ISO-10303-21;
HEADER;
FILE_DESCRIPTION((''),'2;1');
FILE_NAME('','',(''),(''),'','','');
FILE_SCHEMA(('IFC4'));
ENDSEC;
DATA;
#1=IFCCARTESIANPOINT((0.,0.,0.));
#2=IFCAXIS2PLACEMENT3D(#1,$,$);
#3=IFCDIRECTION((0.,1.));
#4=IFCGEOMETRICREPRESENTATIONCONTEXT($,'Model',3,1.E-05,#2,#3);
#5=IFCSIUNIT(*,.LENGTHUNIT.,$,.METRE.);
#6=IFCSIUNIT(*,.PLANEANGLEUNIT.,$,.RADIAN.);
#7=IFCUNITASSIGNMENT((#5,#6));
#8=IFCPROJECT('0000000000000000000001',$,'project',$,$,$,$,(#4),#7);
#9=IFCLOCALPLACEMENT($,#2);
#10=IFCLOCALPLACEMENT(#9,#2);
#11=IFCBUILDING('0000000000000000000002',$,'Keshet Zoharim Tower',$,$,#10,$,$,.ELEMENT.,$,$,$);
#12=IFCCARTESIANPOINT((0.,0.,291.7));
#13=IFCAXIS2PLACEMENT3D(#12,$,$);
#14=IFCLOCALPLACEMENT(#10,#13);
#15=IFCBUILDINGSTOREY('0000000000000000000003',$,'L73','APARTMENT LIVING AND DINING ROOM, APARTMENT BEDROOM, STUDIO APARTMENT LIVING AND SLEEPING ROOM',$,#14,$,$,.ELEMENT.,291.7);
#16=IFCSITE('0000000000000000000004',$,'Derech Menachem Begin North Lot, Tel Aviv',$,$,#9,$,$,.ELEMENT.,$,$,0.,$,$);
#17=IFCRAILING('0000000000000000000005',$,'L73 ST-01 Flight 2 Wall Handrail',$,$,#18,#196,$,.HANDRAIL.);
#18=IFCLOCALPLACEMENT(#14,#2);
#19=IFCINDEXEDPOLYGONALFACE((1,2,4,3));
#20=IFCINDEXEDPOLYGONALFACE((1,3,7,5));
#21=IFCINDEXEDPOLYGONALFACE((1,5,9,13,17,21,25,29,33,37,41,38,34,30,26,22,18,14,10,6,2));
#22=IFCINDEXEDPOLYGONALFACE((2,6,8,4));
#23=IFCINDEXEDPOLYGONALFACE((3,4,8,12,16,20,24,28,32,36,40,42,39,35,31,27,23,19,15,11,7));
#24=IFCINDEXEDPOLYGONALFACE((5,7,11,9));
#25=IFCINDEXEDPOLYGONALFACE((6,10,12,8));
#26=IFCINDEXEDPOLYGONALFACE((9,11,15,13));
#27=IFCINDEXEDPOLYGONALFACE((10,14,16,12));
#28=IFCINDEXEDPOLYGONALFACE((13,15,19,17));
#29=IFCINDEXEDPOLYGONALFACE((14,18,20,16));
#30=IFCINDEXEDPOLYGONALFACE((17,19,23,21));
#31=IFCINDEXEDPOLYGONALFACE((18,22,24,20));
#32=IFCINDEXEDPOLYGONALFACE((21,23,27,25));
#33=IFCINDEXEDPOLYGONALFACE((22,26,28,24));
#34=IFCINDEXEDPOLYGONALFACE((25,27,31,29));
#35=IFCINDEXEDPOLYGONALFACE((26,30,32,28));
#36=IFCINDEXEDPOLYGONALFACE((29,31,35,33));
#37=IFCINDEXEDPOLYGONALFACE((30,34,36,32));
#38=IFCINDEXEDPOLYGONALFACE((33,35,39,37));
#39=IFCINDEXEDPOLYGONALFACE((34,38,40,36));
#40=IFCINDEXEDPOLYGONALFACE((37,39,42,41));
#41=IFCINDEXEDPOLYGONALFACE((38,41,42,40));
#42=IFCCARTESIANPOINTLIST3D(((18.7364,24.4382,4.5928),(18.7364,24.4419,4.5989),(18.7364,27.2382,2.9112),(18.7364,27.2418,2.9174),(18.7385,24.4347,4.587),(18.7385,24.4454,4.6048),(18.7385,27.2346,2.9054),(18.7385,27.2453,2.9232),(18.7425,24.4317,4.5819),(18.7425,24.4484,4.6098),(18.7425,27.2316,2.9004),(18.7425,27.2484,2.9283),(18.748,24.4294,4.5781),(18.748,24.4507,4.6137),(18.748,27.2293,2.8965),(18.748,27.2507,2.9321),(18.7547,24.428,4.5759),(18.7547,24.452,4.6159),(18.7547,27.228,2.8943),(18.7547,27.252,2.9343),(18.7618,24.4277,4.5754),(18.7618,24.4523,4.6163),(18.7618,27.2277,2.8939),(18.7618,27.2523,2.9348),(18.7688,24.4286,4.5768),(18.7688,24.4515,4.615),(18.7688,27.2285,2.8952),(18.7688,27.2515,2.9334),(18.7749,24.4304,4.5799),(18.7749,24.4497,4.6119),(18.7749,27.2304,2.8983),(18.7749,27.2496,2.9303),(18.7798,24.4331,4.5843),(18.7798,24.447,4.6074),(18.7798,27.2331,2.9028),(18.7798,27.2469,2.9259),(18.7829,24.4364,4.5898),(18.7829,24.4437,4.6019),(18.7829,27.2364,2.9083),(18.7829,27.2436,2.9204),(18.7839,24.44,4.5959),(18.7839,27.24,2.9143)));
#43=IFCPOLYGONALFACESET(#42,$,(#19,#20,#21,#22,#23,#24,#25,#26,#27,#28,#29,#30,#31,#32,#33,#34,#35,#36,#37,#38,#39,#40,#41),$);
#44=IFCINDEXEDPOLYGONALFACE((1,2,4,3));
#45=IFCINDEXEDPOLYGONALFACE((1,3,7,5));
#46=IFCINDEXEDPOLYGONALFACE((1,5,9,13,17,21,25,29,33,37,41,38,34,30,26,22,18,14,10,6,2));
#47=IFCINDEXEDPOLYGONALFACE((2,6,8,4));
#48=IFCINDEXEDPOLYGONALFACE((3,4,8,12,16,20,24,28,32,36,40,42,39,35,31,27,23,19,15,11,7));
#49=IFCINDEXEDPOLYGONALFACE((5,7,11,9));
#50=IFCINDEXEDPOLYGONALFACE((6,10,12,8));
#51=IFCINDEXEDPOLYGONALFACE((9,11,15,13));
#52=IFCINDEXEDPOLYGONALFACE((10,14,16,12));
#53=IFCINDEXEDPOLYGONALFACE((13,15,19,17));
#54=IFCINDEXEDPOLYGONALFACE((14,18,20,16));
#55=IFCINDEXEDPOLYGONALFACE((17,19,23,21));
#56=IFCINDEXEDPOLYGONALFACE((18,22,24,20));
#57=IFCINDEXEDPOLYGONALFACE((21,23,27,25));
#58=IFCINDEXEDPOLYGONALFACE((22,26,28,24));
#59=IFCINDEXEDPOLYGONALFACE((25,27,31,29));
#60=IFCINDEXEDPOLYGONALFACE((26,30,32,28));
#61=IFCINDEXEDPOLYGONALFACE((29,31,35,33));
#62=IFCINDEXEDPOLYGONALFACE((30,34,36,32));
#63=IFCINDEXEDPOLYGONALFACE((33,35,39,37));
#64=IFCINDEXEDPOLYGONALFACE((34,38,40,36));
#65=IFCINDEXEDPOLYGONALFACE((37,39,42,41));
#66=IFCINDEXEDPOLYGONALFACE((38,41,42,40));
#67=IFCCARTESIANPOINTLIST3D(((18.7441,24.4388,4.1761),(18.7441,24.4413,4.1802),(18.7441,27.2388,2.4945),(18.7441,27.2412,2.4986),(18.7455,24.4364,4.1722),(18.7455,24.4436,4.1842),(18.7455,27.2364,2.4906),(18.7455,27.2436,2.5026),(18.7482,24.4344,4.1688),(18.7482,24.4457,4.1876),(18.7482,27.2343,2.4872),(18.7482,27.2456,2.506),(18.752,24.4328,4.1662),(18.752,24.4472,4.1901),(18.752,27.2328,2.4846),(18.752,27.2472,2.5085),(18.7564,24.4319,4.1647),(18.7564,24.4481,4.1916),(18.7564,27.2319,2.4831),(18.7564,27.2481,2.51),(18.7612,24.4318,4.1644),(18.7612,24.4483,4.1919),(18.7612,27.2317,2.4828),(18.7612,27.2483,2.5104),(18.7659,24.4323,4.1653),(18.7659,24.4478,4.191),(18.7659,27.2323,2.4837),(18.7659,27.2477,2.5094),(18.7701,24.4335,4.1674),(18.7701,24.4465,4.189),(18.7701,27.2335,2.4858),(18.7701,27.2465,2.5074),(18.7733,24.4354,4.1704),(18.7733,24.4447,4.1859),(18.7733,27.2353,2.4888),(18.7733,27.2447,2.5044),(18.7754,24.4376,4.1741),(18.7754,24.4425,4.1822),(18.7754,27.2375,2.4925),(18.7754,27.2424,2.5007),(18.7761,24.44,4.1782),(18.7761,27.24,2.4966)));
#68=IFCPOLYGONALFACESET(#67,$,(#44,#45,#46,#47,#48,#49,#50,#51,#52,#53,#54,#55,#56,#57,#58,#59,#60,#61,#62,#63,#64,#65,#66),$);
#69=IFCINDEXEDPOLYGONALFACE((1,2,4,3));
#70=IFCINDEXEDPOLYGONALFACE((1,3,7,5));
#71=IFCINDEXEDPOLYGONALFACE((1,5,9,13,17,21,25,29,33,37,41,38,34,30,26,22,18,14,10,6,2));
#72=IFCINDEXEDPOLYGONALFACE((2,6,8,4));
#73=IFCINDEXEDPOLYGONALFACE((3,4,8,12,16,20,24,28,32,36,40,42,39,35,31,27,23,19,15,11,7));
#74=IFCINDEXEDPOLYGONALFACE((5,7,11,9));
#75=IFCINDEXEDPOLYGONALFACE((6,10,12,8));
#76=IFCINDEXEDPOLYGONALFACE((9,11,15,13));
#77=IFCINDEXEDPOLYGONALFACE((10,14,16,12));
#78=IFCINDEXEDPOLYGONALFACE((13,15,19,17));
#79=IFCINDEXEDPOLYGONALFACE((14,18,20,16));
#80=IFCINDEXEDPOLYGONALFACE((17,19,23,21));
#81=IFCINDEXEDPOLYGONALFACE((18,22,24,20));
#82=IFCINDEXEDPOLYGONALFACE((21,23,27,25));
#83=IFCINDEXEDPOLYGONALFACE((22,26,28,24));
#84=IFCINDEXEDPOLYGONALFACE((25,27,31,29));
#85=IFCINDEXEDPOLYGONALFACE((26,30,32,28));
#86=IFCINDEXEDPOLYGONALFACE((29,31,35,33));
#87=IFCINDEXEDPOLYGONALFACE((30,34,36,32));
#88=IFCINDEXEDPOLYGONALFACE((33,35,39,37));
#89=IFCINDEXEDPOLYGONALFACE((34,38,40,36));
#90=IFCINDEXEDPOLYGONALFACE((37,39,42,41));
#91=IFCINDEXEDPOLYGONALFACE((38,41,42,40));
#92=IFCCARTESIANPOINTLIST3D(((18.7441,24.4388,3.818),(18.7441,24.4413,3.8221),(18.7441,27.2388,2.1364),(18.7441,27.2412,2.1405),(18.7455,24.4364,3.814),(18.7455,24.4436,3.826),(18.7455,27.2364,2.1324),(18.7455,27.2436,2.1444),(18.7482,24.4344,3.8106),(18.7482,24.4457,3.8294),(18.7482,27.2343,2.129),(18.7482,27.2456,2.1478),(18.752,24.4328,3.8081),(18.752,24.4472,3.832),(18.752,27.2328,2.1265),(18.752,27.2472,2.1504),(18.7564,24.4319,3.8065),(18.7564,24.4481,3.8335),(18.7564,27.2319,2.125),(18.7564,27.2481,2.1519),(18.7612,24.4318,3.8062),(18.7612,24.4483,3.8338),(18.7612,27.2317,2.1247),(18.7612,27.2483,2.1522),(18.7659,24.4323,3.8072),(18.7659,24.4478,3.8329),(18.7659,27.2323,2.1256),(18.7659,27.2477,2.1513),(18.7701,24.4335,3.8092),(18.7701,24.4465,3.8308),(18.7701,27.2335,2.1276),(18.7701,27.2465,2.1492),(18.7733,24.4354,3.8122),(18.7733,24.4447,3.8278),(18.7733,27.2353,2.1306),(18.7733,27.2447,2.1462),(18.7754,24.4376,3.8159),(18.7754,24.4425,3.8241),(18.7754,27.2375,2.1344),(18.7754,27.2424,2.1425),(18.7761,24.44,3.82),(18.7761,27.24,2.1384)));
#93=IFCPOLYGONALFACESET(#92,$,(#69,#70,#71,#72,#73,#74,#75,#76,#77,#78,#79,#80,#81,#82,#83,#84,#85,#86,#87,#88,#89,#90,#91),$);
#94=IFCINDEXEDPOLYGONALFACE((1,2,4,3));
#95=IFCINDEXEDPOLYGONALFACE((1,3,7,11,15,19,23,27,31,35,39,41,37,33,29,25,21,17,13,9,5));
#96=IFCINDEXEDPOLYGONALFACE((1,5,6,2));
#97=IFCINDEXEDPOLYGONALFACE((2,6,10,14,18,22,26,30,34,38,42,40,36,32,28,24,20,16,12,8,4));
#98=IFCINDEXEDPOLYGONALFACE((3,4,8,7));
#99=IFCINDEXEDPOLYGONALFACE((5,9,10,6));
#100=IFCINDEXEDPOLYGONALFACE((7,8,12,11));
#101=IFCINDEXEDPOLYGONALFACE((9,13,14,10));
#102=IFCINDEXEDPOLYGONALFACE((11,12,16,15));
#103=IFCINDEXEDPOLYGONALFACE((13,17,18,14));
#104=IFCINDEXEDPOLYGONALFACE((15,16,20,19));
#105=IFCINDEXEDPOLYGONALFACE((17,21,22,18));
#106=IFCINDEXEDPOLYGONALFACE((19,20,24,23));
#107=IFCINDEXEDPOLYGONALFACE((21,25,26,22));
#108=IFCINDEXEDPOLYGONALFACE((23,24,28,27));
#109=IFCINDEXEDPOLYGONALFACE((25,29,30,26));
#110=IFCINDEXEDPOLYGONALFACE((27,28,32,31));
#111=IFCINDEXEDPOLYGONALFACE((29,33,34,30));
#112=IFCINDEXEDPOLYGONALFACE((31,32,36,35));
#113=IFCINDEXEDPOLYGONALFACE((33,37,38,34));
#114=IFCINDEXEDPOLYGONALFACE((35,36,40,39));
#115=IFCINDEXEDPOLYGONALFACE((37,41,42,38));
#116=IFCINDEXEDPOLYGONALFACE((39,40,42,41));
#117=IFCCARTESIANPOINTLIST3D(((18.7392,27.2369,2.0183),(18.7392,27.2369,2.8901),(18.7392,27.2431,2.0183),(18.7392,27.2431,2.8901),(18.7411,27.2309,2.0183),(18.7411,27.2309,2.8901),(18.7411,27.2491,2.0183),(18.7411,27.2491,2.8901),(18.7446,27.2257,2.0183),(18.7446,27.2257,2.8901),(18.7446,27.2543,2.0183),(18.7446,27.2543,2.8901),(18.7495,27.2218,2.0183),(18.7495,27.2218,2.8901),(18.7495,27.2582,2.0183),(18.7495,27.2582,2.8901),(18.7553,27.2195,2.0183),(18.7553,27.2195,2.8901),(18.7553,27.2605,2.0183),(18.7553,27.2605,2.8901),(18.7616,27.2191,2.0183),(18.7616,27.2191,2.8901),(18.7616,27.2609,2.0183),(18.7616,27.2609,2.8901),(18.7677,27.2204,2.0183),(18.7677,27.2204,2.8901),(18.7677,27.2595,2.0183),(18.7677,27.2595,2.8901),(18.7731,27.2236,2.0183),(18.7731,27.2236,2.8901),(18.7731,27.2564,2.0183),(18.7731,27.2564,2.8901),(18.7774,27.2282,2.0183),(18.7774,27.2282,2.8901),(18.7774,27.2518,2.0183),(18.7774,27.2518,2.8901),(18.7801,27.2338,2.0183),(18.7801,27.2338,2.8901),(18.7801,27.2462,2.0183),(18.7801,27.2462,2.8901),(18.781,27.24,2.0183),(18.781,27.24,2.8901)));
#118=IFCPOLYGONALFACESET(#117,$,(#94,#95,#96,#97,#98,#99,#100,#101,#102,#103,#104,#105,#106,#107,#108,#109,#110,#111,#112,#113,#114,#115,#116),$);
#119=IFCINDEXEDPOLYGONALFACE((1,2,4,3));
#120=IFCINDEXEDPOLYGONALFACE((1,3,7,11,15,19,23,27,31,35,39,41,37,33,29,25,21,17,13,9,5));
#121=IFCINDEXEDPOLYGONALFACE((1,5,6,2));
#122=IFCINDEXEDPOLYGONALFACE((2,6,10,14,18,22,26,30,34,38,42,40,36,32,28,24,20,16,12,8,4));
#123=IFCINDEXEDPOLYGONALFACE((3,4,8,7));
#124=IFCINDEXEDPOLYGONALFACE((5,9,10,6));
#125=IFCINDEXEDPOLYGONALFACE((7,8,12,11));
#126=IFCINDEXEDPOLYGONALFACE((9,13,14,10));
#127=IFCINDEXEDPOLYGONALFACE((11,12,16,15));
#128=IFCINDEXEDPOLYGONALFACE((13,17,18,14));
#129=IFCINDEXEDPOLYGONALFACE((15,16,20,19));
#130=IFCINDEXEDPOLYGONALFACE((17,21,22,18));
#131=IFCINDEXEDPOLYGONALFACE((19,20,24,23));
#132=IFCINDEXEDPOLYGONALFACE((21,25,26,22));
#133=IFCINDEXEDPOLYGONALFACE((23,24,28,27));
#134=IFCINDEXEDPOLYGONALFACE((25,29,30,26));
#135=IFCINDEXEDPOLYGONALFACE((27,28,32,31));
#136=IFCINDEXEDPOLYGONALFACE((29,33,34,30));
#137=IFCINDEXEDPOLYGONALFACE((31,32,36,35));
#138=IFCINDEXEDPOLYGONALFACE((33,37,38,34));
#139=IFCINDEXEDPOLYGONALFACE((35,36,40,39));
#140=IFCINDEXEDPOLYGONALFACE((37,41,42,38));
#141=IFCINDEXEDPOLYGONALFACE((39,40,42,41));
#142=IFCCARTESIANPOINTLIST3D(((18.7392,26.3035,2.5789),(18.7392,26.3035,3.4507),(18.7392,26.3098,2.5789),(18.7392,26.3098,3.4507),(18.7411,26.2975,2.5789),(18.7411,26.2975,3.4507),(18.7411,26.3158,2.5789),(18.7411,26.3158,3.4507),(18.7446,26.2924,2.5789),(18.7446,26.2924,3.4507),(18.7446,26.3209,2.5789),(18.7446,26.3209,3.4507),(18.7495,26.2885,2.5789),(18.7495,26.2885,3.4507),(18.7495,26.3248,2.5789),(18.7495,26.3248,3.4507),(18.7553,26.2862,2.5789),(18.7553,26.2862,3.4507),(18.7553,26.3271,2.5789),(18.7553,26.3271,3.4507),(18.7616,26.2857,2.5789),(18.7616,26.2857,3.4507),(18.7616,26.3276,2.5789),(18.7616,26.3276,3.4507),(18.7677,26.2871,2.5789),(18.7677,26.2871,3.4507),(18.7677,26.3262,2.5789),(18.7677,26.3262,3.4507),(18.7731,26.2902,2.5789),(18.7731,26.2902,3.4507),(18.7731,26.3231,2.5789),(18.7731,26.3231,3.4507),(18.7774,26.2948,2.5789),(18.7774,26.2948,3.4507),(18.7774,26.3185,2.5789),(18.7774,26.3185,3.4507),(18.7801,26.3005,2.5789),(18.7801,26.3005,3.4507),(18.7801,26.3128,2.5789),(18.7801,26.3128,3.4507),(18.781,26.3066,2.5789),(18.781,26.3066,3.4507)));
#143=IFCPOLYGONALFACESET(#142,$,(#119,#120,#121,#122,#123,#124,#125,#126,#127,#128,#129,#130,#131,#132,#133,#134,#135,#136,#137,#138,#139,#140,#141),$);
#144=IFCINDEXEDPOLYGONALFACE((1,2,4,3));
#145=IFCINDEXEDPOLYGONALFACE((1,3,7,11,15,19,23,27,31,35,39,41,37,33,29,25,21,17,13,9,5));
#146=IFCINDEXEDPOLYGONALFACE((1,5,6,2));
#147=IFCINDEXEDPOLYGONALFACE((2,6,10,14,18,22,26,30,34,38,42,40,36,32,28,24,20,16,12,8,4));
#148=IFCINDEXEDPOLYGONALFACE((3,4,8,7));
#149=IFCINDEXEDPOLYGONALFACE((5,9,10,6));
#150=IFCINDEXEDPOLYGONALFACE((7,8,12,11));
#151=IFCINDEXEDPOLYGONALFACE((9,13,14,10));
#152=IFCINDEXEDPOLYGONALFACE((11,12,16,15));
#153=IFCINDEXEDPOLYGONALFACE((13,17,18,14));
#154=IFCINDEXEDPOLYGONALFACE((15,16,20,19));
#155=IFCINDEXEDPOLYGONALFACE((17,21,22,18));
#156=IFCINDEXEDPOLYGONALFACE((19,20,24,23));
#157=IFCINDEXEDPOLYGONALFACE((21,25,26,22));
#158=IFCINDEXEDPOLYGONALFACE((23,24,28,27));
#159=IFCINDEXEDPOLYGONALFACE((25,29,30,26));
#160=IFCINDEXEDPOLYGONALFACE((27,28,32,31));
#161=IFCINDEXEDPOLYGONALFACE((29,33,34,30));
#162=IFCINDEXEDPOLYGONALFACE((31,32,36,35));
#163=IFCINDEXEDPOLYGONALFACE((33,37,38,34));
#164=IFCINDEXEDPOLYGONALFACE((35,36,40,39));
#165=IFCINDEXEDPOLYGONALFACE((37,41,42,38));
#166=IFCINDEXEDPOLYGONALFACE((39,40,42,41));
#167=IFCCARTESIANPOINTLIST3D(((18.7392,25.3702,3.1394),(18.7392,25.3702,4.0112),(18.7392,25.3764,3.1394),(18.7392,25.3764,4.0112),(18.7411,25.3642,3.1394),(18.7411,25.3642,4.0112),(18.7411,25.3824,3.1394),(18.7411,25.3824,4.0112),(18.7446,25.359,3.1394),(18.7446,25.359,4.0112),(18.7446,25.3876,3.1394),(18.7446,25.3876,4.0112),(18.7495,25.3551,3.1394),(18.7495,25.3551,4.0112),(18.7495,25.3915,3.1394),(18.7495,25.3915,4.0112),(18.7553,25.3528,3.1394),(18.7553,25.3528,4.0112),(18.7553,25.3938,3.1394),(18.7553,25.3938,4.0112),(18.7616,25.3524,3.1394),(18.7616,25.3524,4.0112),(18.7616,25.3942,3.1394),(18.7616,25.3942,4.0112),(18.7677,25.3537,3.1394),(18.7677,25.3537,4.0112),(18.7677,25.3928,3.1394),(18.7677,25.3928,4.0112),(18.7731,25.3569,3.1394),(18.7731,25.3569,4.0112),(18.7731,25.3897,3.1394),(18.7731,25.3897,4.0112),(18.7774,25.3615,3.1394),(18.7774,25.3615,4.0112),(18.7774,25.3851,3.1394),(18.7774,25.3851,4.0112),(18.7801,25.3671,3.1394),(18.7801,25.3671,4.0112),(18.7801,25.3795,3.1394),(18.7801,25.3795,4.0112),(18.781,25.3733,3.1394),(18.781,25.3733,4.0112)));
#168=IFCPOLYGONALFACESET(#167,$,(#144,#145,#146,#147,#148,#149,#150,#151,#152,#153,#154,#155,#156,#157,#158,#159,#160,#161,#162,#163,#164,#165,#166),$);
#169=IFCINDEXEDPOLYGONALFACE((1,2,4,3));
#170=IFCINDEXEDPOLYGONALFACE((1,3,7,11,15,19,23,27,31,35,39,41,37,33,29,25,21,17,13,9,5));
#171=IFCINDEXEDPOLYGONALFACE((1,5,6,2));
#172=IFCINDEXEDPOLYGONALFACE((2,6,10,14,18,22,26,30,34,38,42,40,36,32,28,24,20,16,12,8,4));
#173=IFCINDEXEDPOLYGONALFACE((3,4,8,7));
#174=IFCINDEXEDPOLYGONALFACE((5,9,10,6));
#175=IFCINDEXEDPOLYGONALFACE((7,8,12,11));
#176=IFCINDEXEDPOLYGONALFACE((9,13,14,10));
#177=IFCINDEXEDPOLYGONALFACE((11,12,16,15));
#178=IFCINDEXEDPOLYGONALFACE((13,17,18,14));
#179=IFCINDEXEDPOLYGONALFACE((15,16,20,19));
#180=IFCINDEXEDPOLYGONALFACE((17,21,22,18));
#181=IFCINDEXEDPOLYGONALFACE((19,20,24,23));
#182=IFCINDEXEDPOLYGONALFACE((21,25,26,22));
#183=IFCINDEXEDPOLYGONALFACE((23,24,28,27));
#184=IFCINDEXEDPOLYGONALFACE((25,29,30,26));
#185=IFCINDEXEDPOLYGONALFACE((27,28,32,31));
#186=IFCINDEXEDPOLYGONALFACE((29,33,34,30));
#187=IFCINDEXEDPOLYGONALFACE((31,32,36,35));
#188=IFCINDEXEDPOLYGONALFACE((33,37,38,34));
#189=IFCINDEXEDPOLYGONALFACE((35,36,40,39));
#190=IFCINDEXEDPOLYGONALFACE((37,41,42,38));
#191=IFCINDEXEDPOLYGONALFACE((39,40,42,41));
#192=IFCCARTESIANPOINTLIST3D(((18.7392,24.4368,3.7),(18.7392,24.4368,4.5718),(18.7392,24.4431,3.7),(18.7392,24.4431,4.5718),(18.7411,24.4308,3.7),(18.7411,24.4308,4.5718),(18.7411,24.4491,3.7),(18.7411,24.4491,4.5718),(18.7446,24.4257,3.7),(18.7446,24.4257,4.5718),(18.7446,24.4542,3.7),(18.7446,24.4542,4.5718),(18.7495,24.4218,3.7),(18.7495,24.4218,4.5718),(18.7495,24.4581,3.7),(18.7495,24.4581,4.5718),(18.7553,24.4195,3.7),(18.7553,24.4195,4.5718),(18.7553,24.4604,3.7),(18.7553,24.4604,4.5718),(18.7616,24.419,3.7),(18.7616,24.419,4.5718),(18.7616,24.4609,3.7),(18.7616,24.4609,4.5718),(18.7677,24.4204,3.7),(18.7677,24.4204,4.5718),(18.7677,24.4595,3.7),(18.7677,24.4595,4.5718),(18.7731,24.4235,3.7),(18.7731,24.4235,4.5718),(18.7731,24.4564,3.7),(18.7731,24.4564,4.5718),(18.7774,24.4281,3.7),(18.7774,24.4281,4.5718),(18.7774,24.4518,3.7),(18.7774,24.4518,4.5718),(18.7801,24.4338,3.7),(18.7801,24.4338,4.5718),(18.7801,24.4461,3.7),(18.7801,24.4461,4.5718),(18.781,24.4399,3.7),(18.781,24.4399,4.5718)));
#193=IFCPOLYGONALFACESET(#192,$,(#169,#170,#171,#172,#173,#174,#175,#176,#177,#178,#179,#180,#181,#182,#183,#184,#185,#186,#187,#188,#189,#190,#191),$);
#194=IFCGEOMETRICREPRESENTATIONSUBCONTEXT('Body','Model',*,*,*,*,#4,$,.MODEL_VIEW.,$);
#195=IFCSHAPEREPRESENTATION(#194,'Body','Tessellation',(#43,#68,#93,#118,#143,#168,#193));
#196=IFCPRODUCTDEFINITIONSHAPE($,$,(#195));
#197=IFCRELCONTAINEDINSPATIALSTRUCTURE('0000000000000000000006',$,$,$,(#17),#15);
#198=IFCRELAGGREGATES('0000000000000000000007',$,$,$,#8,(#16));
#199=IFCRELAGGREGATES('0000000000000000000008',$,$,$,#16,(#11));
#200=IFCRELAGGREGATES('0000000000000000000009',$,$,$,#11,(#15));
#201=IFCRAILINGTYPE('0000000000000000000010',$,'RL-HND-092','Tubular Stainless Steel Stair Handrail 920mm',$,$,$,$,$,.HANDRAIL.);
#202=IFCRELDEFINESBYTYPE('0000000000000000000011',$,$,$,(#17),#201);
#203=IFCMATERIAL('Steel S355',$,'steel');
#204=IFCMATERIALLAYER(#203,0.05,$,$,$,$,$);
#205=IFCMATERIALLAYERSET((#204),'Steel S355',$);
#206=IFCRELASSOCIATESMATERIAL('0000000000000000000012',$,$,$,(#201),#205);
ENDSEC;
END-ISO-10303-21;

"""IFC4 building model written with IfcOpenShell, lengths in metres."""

from ifc_helpers import new_model, si_unit, direction, frame, origin, origin_2d, place, context, subcontext, project, spatial, circle, extrude, material, layer, layer_set, type_object, element, save


model = new_model("IFC4")

# Units and contexts
model_context = context("Model", 3, precision=1e-05, world=origin(), true_north=direction((0.0, 1.0)))
body_context = subcontext(model_context, "Body", "Model", "MODEL_VIEW")
ifc_project = project(units=[si_unit("LENGTHUNIT", "METRE"), si_unit("PLANEANGLEUNIT", "RADIAN")], contexts=[model_context])

# Site, building, storey
site_placement = place(None, origin())
site = spatial("IfcSite", under=ifc_project, at=site_placement, Name="Derech Menachem Begin North Lot, Tel Aviv", CompositionType="ELEMENT", RefElevation=0.0)
building_placement = place(site_placement, origin())
building = spatial("IfcBuilding", under=site, at=building_placement, Name="Keshet Zoharim Tower", CompositionType="ELEMENT")
storey_placement = place(building_placement, frame((0.0, 0.0, 291.7)))
storey = spatial("IfcBuildingStorey", under=building, at=storey_placement, Name="L73", Description="APARTMENT LIVING AND DINING ROOM, APARTMENT BEDROOM, STUDIO APARTMENT LIVING AND SLEEPING ROOM", CompositionType="ELEMENT", Elevation=291.7)

# Shared definitions
ifc_material_1 = material(Name="Steel S355", Category="steel")

# Railing
ifc_layer_1 = layer(ifc_material_1, 0.05)
ifc_layer_set_1 = layer_set([ifc_layer_1], Name="Steel S355")
railing_type_1 = type_object("IfcRailingType", Name="RL-HND-092", Description="Tubular Stainless Steel Stair Handrail 920mm", PredefinedType="HANDRAIL", material=ifc_layer_set_1)
railing_1_placement = place(storey_placement, frame((18.76, 27.24, 2.0183)))
element("IfcRailing", 1, at=railing_1_placement, inside=storey, type_object=railing_type_1, Name="L73 ST-01 Flight 2 Wall Handrail", PredefinedType="HANDRAIL", context=body_context, shape_type="SweptSolid", body=[
    extrude(circle(Radius=0.0239, at=origin_2d()), frame((0.0, 0.0, 0.896), z_axis=(0.0, -0.857275, 0.514858), x_axis=(1.0, 0.0, 0.0)), (0.0, 0.0, 1.0), 3.2661),
    extrude(circle(Radius=0.0161, at=origin_2d()), frame((0.0, 0.0, 0.4783), z_axis=(0.0, -0.857275, 0.514858), x_axis=(1.0, 0.0, 0.0)), (0.0, 0.0, 1.0), 3.2661),
    extrude(circle(Radius=0.0161, at=origin_2d()), frame((0.0, 0.0, 0.1201), z_axis=(0.0, -0.857275, 0.514858), x_axis=(1.0, 0.0, 0.0)), (0.0, 0.0, 1.0), 3.2661),
    extrude(circle(Radius=0.021, at=origin_2d()), origin(), (0.0, 0.0, 1.0), 0.8718),
    extrude(circle(Radius=0.021, at=origin_2d()), frame((0.0, -0.9333, 0.5605)), (0.0, 0.0, 1.0), 0.8718),
    extrude(circle(Radius=0.021, at=origin_2d()), frame((0.0, -1.8667, 1.1211)), (0.0, 0.0, 1.0), 0.8718),
    extrude(circle(Radius=0.021, at=origin_2d()), frame((0.0, -2.8, 1.6816)), (0.0, 0.0, 1.0), 0.8718),
])

save(model, "model.ifc")
